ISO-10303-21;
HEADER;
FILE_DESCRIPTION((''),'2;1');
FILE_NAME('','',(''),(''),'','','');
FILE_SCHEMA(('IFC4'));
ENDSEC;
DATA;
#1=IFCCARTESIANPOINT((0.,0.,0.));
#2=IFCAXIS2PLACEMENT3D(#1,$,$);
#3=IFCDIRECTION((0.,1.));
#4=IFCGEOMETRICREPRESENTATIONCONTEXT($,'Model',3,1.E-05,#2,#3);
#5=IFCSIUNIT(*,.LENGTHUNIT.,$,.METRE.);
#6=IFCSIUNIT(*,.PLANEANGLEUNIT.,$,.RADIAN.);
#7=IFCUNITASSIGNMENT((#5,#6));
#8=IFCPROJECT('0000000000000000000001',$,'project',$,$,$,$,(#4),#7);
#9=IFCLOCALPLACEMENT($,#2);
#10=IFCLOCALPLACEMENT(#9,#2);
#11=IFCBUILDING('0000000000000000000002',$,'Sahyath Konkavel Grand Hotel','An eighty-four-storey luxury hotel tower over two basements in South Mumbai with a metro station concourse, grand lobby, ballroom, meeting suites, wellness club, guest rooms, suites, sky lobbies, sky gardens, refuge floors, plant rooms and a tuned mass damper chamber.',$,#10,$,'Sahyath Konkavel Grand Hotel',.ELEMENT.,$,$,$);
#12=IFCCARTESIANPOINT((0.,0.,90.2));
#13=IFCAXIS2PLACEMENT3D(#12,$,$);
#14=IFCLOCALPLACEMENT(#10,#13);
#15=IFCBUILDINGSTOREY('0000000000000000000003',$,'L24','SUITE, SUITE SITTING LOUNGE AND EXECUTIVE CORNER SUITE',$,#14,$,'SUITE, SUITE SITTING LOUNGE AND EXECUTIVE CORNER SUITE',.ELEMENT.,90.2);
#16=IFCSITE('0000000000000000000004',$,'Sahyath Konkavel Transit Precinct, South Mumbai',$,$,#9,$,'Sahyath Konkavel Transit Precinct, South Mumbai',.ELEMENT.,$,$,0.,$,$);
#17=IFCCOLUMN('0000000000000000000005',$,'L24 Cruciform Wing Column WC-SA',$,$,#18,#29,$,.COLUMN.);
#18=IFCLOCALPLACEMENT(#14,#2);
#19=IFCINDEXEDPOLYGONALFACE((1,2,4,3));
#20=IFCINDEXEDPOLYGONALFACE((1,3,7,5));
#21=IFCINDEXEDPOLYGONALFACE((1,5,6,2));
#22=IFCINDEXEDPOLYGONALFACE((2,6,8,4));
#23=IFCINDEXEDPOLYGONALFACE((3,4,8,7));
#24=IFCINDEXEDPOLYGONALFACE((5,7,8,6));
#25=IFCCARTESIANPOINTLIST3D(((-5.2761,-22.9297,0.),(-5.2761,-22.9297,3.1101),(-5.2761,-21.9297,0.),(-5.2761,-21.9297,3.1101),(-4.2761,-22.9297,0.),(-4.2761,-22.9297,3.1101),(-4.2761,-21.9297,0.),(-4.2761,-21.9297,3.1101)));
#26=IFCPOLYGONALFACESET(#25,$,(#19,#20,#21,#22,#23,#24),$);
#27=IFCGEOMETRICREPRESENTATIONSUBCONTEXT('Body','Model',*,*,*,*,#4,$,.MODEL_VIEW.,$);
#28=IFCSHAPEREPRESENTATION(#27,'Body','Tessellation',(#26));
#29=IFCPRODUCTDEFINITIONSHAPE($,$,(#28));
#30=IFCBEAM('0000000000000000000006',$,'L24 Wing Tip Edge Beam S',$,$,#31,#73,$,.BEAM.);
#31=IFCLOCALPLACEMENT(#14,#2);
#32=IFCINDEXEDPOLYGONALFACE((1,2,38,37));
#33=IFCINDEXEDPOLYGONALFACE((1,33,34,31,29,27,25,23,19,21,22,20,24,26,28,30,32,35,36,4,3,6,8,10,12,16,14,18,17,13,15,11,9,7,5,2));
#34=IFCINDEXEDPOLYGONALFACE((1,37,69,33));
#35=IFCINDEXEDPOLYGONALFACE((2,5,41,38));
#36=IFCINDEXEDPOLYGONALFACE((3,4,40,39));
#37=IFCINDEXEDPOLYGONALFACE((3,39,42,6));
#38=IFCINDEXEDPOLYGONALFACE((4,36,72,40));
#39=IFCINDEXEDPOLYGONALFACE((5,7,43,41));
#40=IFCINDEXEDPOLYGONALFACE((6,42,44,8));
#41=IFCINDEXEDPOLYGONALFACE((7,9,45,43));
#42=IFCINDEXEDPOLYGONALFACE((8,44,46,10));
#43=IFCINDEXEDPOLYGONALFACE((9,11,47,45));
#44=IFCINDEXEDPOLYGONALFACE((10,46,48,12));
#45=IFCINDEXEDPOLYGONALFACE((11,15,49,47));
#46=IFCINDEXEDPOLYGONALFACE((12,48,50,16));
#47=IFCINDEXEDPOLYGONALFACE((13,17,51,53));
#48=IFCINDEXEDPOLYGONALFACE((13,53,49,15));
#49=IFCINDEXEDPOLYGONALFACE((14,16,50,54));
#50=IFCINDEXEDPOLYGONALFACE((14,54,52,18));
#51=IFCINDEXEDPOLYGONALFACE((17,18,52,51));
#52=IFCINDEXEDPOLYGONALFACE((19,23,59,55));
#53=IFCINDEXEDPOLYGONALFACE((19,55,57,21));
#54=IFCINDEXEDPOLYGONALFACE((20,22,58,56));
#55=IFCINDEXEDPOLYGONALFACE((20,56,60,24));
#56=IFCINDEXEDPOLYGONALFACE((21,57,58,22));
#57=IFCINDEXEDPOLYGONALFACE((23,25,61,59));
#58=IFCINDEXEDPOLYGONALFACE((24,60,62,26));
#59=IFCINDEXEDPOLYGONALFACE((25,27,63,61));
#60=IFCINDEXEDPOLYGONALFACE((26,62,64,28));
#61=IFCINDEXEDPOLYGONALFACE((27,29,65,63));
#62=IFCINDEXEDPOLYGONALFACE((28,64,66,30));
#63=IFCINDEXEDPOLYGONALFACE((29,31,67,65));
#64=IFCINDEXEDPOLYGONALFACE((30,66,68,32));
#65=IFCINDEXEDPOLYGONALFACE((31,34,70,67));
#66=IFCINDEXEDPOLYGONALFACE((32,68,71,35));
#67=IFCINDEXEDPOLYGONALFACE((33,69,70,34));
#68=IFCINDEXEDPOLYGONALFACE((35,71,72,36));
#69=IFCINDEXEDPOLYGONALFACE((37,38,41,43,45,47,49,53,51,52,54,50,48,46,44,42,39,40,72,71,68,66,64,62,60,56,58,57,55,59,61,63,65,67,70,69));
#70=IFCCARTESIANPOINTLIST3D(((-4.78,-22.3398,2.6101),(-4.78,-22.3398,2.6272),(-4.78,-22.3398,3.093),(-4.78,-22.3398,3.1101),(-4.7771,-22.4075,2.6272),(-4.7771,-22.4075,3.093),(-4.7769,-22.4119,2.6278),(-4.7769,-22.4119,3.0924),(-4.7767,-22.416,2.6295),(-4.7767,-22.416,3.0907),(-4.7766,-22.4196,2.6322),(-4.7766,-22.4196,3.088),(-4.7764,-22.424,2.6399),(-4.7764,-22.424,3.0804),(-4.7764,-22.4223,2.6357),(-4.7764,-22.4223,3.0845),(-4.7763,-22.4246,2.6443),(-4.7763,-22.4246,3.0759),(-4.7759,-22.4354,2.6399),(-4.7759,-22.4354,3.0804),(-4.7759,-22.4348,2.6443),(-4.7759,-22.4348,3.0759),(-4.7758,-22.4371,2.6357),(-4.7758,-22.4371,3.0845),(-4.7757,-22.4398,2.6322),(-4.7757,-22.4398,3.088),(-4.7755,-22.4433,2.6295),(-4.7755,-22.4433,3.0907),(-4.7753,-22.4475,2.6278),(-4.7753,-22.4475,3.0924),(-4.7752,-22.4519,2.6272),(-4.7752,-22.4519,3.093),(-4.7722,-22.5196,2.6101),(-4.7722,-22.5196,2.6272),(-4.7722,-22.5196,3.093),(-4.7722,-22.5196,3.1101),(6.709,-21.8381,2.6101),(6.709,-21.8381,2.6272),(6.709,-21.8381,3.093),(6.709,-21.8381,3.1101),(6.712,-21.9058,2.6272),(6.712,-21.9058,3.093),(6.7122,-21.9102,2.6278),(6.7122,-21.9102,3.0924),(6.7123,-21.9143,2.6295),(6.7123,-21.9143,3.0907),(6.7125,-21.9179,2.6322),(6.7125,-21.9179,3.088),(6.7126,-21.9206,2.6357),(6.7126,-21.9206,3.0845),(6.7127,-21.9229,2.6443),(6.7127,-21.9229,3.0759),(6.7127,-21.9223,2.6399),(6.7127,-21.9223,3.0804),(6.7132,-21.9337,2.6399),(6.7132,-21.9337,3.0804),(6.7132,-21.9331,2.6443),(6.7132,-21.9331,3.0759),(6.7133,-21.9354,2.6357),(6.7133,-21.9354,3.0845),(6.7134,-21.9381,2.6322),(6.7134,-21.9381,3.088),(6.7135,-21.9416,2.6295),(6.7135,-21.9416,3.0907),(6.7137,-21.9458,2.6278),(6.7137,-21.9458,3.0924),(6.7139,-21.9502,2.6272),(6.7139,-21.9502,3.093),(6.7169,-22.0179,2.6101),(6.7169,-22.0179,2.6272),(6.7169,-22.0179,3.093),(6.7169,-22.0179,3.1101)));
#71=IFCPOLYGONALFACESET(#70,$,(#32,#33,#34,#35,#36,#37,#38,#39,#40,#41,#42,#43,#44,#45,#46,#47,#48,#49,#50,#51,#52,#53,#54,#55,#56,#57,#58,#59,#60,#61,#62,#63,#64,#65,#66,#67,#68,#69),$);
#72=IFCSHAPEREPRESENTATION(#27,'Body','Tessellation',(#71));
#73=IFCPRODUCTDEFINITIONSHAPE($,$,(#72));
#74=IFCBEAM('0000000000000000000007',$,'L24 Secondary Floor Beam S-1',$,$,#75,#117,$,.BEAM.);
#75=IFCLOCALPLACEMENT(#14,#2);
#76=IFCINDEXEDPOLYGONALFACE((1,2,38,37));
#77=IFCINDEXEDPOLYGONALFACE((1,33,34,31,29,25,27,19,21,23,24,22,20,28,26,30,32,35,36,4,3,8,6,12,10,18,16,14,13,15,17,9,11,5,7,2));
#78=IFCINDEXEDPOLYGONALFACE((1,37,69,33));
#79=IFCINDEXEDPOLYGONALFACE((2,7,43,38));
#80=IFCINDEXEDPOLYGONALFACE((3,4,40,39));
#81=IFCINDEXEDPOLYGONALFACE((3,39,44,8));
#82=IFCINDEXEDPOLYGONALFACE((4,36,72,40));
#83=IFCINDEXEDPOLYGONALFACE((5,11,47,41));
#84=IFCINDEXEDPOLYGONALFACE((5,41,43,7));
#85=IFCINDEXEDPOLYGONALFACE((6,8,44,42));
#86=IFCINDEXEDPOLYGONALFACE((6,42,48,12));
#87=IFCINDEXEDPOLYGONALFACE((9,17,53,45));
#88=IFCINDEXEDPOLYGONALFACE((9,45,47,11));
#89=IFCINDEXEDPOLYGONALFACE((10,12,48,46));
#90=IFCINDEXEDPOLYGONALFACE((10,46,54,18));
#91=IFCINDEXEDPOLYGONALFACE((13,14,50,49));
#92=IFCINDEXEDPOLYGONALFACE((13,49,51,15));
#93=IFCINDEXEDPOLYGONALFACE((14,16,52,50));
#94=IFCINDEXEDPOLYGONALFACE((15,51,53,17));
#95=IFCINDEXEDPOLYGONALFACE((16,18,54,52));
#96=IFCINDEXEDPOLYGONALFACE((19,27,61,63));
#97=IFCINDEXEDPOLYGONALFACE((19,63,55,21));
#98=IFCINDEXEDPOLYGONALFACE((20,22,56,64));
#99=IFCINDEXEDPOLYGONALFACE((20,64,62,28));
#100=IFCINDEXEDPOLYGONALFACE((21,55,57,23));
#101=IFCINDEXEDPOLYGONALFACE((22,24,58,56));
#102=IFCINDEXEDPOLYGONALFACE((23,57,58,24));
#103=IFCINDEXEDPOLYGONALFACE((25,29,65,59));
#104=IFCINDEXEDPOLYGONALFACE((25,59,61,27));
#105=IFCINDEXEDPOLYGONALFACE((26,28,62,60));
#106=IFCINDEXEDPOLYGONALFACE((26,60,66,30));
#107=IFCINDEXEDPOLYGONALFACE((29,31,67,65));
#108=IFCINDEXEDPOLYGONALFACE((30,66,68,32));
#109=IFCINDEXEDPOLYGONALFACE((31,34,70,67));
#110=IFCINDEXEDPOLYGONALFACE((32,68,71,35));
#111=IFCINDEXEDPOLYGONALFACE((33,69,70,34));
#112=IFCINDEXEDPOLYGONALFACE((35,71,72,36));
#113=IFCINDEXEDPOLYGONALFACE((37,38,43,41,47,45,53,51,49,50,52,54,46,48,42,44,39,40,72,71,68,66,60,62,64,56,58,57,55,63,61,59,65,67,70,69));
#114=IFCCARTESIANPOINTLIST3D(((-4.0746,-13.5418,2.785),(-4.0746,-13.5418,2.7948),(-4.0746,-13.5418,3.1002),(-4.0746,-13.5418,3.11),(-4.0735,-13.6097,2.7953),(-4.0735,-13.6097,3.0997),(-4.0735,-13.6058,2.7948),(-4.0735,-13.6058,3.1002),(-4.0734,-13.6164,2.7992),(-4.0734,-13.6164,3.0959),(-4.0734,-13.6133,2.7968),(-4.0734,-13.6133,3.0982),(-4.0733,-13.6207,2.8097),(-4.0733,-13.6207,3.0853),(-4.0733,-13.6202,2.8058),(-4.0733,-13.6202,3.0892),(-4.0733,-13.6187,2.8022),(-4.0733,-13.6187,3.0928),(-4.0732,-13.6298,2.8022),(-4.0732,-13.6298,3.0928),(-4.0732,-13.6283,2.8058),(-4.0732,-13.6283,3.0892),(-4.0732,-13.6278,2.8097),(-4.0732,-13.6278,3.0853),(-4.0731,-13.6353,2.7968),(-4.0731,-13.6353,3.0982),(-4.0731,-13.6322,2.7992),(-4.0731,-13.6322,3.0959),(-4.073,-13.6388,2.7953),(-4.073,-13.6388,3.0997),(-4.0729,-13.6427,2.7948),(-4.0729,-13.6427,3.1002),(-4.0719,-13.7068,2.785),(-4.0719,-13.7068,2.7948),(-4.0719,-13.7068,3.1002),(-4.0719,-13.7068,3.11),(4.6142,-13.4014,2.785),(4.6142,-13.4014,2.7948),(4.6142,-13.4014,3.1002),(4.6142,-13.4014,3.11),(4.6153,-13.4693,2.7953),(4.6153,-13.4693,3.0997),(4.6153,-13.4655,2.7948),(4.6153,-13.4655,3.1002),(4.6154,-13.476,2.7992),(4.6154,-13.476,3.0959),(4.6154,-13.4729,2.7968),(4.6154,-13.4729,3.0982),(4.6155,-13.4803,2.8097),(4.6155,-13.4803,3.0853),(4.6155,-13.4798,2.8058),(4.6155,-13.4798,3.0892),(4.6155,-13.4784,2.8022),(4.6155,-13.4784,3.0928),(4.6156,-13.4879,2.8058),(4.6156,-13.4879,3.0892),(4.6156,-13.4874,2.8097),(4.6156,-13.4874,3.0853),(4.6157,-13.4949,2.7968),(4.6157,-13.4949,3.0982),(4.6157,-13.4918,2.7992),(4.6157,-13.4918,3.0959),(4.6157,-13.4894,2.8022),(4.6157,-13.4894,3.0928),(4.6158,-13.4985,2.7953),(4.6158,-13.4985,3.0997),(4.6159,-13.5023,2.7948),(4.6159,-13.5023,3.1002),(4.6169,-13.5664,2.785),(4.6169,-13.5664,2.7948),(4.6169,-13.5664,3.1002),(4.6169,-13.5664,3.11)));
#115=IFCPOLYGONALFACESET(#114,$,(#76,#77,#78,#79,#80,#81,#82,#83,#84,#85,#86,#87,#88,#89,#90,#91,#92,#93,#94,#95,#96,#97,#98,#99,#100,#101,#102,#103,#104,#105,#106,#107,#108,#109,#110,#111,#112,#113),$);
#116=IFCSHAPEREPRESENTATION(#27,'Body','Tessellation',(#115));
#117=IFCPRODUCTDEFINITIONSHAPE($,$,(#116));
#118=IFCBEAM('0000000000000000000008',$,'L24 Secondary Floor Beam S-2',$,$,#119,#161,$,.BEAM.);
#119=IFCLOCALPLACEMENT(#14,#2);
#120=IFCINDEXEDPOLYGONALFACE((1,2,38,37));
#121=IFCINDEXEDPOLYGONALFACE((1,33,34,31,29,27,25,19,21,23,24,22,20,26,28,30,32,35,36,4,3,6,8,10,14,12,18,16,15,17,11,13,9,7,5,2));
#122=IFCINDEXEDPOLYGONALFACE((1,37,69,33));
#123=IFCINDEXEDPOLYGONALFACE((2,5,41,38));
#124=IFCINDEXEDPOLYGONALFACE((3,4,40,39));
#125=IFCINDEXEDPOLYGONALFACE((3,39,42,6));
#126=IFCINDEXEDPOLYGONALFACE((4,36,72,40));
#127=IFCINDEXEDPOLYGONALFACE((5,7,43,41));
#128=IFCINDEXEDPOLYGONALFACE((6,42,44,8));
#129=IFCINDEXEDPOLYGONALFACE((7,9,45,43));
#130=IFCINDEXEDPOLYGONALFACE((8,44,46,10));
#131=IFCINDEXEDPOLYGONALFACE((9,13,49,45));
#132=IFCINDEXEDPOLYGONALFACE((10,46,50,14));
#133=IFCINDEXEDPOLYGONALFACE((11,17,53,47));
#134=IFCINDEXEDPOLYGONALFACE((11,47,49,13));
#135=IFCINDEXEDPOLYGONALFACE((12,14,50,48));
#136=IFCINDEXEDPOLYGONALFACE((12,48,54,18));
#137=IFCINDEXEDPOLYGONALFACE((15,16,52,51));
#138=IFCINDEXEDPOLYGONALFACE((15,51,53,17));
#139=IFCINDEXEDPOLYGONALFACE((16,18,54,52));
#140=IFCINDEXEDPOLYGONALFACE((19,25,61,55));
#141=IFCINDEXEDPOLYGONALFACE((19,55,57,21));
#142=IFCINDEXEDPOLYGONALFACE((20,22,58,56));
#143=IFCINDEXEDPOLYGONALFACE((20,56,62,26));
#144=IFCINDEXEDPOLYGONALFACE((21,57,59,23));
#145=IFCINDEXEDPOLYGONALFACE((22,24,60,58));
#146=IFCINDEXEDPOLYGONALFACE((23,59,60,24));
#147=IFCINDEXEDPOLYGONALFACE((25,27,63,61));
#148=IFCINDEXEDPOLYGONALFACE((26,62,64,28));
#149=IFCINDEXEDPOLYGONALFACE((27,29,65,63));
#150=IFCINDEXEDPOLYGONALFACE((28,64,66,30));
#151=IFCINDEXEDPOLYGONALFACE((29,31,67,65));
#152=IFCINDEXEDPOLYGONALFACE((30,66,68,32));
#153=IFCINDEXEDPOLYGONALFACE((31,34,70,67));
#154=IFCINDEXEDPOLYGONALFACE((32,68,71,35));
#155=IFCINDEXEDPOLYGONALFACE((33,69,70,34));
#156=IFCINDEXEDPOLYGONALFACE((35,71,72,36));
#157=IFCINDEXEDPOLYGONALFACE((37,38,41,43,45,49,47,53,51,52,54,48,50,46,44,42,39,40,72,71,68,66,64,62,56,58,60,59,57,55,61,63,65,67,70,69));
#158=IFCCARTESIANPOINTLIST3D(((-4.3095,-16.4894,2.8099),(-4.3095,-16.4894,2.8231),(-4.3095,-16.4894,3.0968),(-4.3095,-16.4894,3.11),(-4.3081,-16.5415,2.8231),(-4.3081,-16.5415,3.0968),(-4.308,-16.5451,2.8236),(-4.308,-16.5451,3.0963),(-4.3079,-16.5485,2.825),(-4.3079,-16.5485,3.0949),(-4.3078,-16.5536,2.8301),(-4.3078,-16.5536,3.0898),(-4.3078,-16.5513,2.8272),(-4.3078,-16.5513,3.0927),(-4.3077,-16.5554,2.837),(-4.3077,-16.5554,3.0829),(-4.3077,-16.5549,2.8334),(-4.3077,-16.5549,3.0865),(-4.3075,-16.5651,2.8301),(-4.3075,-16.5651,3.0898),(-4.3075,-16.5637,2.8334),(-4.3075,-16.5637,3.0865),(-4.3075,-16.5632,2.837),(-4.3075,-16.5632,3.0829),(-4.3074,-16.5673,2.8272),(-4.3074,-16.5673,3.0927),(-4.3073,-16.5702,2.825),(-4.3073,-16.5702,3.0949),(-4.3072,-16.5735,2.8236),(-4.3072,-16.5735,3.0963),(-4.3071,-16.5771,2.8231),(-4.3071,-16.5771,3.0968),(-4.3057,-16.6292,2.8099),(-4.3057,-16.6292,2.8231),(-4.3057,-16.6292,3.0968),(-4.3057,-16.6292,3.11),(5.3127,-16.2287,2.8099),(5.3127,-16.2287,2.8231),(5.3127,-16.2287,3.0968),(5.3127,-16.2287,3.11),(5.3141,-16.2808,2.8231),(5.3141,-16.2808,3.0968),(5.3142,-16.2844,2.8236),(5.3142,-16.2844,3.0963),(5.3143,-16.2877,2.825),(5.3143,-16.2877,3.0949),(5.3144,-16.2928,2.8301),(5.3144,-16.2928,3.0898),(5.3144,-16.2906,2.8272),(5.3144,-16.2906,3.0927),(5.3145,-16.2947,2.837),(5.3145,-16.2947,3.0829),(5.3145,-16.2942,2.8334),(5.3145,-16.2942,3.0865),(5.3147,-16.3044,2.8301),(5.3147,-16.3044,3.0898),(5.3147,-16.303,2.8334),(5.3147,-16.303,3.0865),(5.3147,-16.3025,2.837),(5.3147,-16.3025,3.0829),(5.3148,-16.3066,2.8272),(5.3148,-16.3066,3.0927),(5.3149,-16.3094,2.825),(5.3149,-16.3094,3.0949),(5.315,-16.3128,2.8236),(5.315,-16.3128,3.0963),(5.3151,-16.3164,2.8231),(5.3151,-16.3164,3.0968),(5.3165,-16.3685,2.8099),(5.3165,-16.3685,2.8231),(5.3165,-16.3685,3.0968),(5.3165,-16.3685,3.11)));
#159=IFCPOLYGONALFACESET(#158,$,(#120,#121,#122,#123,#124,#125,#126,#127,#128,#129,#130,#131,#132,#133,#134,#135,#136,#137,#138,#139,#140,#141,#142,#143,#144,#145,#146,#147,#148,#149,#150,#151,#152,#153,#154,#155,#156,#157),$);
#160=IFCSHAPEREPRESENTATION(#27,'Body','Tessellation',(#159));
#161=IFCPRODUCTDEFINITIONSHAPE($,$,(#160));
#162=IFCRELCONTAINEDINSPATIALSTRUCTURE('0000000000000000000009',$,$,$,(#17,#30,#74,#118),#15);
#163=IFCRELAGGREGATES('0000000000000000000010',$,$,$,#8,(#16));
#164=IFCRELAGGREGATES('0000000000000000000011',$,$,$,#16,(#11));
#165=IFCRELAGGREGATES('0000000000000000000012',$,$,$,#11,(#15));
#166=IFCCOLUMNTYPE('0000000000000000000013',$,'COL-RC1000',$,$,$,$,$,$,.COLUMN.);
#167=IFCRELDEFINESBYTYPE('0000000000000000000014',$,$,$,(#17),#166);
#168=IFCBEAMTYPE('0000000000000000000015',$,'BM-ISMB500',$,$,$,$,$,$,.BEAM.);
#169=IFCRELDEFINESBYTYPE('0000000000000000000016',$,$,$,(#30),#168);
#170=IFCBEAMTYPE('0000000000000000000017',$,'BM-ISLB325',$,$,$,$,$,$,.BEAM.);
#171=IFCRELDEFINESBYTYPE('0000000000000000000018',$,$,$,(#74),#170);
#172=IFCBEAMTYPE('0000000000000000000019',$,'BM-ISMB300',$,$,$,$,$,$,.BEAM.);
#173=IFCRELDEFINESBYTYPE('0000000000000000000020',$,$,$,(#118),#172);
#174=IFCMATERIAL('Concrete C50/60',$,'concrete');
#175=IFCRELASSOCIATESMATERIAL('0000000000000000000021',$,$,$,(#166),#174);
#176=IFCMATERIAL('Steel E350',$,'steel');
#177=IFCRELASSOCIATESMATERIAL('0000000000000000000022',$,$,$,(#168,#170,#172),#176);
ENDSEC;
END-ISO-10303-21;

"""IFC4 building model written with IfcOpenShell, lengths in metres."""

from ifc_helpers import new_model, si_unit, direction, frame, origin, origin_2d, place, context, subcontext, project, spatial, rectangle, i_section, extrude, source, transform, mapped, material, material_profile, profile_set, type_object, element, save


model = new_model("IFC4")

# Units and contexts
model_context = context("Model", 3, precision=1e-05, world=origin(), true_north=direction((0.0, 1.0)))
body_context = subcontext(model_context, "Body", "Model", "MODEL_VIEW")
ifc_project = project(units=[si_unit("LENGTHUNIT", "METRE"), si_unit("PLANEANGLEUNIT", "RADIAN")], contexts=[model_context])

# Site, building, storey
site_placement = place(None, origin())
site = spatial("IfcSite", under=ifc_project, at=site_placement, Name="Sahyath Konkavel Transit Precinct, South Mumbai", LongName="Sahyath Konkavel Transit Precinct, South Mumbai", CompositionType="ELEMENT", RefElevation=0.0)
building_placement = place(site_placement, origin())
building = spatial("IfcBuilding", under=site, at=building_placement, Name="Sahyath Konkavel Grand Hotel", Description="An eighty-four-storey luxury hotel tower over two basements in South Mumbai with a metro station concourse, grand lobby, ballroom, meeting suites, wellness club, guest rooms, suites, sky lobbies, sky gardens, refuge floors, plant rooms and a tuned mass damper chamber.", LongName="Sahyath Konkavel Grand Hotel", CompositionType="ELEMENT")
storey_placement = place(building_placement, frame((0.0, 0.0, 90.2)))
storey = spatial("IfcBuildingStorey", under=building, at=storey_placement, Name="L24", Description="SUITE, SUITE SITTING LOUNGE AND EXECUTIVE CORNER SUITE", LongName="SUITE, SUITE SITTING LOUNGE AND EXECUTIVE CORNER SUITE", CompositionType="ELEMENT", Elevation=90.2)

# Column
ifc_material_1 = material(Name="Concrete C50/60", Category="concrete")
ifc_material_profile_1 = material_profile(ifc_material_1, rectangle(XDim=1.0, YDim=1.0, at=origin_2d()), Name="RC 1000x1000")
ifc_profile_set_1 = profile_set([ifc_material_profile_1], Name="Concrete C50/60")
column_type = type_object("IfcColumnType", Name="COL-RC1000", PredefinedType="COLUMN", material=ifc_profile_set_1)
shared_shape_1 = source(origin(), body_context, "Body", "SweptSolid", [
    extrude(rectangle(XDim=1.0, YDim=1.0, at=origin_2d()), origin(), (0.0, 0.0, 1.0), 3.1101),
])
column_placement = place(storey_placement, frame((-4.7761, -22.4297, 0.0), z_axis=(0.0, 0.0, 1.0), x_axis=(1.0, 0.0, 0.0)))
element("IfcColumn", 1, at=column_placement, inside=storey, type_object=column_type, Name="L24 Cruciform Wing Column WC-SA", PredefinedType="COLUMN", context=body_context, shape_type="MappedRepresentation", body=[
    mapped(shared_shape_1, transform((0.0, 0.0, 0.0), scale=1.0)),
])

# Beams
ifc_material_2 = material(Name="Steel E350", Category="steel")
ifc_material_profile_2 = material_profile(ifc_material_2, i_section(OverallWidth=0.1799, OverallDepth=0.5, WebThickness=0.0103, FlangeThickness=0.0171, FilletRadius=0.0171, at=origin_2d()), Name="ISMB 500")
ifc_profile_set_2 = profile_set([ifc_material_profile_2], Name="Steel E350")
beam_type_1 = type_object("IfcBeamType", Name="BM-ISMB500", PredefinedType="BEAM", material=ifc_profile_set_2)
shared_shape_2 = source(origin(), body_context, "Body", "SweptSolid", [
    extrude(i_section(OverallWidth=0.1799, OverallDepth=0.5, WebThickness=0.0103, FlangeThickness=0.0171, FilletRadius=0.0171, at=origin_2d()), origin(), (0.0, 0.0, 1.0), 11.5),
])
beam_1_placement = place(storey_placement, frame((-4.7761, -22.4297, 2.8601), z_axis=(0.999048, 0.043627, 0.0), x_axis=(-0.043627, 0.999048, 0.0)))
element("IfcBeam", 2, at=beam_1_placement, inside=storey, type_object=beam_type_1, Name="L24 Wing Tip Edge Beam S", PredefinedType="BEAM", context=body_context, shape_type="MappedRepresentation", body=[
    mapped(shared_shape_2, transform((0.0, 0.0, 0.0), scale=1.0)),
])
ifc_material_profile_3 = material_profile(ifc_material_2, i_section(OverallWidth=0.165, OverallDepth=0.325, WebThickness=0.0071, FlangeThickness=0.0098, FilletRadius=0.0149, at=origin_2d()), Name="ISLB 325")
ifc_profile_set_3 = profile_set([ifc_material_profile_3], Name="Steel E350")
beam_type_2 = type_object("IfcBeamType", Name="BM-ISLB325", PredefinedType="BEAM", material=ifc_profile_set_3)
shared_shape_3 = source(origin(), body_context, "Body", "SweptSolid", [
    extrude(i_section(OverallWidth=0.165, OverallDepth=0.325, WebThickness=0.0071, FlangeThickness=0.0098, FilletRadius=0.0149, at=origin_2d()), origin(), (0.0, 0.0, 1.0), 8.6899),
])
beam_2_placement = place(storey_placement, frame((-4.0732, -13.6243, 2.9475), z_axis=(0.99987, 0.016155, 0.0), x_axis=(-0.016155, 0.99987, 0.0)))
element("IfcBeam", 3, at=beam_2_placement, inside=storey, type_object=beam_type_2, Name="L24 Secondary Floor Beam S-1", PredefinedType="BEAM", context=body_context, shape_type="MappedRepresentation", body=[
    mapped(shared_shape_3, transform((0.0, 0.0, 0.0), scale=1.0)),
])
ifc_material_profile_4 = material_profile(ifc_material_2, i_section(OverallWidth=0.1399, OverallDepth=0.3, WebThickness=0.0078, FlangeThickness=0.0132, FilletRadius=0.0139, at=origin_2d()), Name="ISMB 300")
ifc_profile_set_4 = profile_set([ifc_material_profile_4], Name="Steel E350")
beam_type_3 = type_object("IfcBeamType", Name="BM-ISMB300", PredefinedType="BEAM", material=ifc_profile_set_4)
shared_shape_4 = source(origin(), body_context, "Body", "SweptSolid", [
    extrude(i_section(OverallWidth=0.1399, OverallDepth=0.3, WebThickness=0.0078, FlangeThickness=0.0132, FilletRadius=0.0139, at=origin_2d()), origin(), (0.0, 0.0, 1.0), 9.6257),
])
beam_3_placement = place(storey_placement, frame((-4.3076, -16.5593, 2.96), z_axis=(0.999633, 0.027088, 0.0), x_axis=(-0.027088, 0.999633, 0.0)))
element("IfcBeam", 4, at=beam_3_placement, inside=storey, type_object=beam_type_3, Name="L24 Secondary Floor Beam S-2", PredefinedType="BEAM", context=body_context, shape_type="MappedRepresentation", body=[
    mapped(shared_shape_4, transform((0.0, 0.0, 0.0), scale=1.0)),
])

save(model, "model.ifc")
